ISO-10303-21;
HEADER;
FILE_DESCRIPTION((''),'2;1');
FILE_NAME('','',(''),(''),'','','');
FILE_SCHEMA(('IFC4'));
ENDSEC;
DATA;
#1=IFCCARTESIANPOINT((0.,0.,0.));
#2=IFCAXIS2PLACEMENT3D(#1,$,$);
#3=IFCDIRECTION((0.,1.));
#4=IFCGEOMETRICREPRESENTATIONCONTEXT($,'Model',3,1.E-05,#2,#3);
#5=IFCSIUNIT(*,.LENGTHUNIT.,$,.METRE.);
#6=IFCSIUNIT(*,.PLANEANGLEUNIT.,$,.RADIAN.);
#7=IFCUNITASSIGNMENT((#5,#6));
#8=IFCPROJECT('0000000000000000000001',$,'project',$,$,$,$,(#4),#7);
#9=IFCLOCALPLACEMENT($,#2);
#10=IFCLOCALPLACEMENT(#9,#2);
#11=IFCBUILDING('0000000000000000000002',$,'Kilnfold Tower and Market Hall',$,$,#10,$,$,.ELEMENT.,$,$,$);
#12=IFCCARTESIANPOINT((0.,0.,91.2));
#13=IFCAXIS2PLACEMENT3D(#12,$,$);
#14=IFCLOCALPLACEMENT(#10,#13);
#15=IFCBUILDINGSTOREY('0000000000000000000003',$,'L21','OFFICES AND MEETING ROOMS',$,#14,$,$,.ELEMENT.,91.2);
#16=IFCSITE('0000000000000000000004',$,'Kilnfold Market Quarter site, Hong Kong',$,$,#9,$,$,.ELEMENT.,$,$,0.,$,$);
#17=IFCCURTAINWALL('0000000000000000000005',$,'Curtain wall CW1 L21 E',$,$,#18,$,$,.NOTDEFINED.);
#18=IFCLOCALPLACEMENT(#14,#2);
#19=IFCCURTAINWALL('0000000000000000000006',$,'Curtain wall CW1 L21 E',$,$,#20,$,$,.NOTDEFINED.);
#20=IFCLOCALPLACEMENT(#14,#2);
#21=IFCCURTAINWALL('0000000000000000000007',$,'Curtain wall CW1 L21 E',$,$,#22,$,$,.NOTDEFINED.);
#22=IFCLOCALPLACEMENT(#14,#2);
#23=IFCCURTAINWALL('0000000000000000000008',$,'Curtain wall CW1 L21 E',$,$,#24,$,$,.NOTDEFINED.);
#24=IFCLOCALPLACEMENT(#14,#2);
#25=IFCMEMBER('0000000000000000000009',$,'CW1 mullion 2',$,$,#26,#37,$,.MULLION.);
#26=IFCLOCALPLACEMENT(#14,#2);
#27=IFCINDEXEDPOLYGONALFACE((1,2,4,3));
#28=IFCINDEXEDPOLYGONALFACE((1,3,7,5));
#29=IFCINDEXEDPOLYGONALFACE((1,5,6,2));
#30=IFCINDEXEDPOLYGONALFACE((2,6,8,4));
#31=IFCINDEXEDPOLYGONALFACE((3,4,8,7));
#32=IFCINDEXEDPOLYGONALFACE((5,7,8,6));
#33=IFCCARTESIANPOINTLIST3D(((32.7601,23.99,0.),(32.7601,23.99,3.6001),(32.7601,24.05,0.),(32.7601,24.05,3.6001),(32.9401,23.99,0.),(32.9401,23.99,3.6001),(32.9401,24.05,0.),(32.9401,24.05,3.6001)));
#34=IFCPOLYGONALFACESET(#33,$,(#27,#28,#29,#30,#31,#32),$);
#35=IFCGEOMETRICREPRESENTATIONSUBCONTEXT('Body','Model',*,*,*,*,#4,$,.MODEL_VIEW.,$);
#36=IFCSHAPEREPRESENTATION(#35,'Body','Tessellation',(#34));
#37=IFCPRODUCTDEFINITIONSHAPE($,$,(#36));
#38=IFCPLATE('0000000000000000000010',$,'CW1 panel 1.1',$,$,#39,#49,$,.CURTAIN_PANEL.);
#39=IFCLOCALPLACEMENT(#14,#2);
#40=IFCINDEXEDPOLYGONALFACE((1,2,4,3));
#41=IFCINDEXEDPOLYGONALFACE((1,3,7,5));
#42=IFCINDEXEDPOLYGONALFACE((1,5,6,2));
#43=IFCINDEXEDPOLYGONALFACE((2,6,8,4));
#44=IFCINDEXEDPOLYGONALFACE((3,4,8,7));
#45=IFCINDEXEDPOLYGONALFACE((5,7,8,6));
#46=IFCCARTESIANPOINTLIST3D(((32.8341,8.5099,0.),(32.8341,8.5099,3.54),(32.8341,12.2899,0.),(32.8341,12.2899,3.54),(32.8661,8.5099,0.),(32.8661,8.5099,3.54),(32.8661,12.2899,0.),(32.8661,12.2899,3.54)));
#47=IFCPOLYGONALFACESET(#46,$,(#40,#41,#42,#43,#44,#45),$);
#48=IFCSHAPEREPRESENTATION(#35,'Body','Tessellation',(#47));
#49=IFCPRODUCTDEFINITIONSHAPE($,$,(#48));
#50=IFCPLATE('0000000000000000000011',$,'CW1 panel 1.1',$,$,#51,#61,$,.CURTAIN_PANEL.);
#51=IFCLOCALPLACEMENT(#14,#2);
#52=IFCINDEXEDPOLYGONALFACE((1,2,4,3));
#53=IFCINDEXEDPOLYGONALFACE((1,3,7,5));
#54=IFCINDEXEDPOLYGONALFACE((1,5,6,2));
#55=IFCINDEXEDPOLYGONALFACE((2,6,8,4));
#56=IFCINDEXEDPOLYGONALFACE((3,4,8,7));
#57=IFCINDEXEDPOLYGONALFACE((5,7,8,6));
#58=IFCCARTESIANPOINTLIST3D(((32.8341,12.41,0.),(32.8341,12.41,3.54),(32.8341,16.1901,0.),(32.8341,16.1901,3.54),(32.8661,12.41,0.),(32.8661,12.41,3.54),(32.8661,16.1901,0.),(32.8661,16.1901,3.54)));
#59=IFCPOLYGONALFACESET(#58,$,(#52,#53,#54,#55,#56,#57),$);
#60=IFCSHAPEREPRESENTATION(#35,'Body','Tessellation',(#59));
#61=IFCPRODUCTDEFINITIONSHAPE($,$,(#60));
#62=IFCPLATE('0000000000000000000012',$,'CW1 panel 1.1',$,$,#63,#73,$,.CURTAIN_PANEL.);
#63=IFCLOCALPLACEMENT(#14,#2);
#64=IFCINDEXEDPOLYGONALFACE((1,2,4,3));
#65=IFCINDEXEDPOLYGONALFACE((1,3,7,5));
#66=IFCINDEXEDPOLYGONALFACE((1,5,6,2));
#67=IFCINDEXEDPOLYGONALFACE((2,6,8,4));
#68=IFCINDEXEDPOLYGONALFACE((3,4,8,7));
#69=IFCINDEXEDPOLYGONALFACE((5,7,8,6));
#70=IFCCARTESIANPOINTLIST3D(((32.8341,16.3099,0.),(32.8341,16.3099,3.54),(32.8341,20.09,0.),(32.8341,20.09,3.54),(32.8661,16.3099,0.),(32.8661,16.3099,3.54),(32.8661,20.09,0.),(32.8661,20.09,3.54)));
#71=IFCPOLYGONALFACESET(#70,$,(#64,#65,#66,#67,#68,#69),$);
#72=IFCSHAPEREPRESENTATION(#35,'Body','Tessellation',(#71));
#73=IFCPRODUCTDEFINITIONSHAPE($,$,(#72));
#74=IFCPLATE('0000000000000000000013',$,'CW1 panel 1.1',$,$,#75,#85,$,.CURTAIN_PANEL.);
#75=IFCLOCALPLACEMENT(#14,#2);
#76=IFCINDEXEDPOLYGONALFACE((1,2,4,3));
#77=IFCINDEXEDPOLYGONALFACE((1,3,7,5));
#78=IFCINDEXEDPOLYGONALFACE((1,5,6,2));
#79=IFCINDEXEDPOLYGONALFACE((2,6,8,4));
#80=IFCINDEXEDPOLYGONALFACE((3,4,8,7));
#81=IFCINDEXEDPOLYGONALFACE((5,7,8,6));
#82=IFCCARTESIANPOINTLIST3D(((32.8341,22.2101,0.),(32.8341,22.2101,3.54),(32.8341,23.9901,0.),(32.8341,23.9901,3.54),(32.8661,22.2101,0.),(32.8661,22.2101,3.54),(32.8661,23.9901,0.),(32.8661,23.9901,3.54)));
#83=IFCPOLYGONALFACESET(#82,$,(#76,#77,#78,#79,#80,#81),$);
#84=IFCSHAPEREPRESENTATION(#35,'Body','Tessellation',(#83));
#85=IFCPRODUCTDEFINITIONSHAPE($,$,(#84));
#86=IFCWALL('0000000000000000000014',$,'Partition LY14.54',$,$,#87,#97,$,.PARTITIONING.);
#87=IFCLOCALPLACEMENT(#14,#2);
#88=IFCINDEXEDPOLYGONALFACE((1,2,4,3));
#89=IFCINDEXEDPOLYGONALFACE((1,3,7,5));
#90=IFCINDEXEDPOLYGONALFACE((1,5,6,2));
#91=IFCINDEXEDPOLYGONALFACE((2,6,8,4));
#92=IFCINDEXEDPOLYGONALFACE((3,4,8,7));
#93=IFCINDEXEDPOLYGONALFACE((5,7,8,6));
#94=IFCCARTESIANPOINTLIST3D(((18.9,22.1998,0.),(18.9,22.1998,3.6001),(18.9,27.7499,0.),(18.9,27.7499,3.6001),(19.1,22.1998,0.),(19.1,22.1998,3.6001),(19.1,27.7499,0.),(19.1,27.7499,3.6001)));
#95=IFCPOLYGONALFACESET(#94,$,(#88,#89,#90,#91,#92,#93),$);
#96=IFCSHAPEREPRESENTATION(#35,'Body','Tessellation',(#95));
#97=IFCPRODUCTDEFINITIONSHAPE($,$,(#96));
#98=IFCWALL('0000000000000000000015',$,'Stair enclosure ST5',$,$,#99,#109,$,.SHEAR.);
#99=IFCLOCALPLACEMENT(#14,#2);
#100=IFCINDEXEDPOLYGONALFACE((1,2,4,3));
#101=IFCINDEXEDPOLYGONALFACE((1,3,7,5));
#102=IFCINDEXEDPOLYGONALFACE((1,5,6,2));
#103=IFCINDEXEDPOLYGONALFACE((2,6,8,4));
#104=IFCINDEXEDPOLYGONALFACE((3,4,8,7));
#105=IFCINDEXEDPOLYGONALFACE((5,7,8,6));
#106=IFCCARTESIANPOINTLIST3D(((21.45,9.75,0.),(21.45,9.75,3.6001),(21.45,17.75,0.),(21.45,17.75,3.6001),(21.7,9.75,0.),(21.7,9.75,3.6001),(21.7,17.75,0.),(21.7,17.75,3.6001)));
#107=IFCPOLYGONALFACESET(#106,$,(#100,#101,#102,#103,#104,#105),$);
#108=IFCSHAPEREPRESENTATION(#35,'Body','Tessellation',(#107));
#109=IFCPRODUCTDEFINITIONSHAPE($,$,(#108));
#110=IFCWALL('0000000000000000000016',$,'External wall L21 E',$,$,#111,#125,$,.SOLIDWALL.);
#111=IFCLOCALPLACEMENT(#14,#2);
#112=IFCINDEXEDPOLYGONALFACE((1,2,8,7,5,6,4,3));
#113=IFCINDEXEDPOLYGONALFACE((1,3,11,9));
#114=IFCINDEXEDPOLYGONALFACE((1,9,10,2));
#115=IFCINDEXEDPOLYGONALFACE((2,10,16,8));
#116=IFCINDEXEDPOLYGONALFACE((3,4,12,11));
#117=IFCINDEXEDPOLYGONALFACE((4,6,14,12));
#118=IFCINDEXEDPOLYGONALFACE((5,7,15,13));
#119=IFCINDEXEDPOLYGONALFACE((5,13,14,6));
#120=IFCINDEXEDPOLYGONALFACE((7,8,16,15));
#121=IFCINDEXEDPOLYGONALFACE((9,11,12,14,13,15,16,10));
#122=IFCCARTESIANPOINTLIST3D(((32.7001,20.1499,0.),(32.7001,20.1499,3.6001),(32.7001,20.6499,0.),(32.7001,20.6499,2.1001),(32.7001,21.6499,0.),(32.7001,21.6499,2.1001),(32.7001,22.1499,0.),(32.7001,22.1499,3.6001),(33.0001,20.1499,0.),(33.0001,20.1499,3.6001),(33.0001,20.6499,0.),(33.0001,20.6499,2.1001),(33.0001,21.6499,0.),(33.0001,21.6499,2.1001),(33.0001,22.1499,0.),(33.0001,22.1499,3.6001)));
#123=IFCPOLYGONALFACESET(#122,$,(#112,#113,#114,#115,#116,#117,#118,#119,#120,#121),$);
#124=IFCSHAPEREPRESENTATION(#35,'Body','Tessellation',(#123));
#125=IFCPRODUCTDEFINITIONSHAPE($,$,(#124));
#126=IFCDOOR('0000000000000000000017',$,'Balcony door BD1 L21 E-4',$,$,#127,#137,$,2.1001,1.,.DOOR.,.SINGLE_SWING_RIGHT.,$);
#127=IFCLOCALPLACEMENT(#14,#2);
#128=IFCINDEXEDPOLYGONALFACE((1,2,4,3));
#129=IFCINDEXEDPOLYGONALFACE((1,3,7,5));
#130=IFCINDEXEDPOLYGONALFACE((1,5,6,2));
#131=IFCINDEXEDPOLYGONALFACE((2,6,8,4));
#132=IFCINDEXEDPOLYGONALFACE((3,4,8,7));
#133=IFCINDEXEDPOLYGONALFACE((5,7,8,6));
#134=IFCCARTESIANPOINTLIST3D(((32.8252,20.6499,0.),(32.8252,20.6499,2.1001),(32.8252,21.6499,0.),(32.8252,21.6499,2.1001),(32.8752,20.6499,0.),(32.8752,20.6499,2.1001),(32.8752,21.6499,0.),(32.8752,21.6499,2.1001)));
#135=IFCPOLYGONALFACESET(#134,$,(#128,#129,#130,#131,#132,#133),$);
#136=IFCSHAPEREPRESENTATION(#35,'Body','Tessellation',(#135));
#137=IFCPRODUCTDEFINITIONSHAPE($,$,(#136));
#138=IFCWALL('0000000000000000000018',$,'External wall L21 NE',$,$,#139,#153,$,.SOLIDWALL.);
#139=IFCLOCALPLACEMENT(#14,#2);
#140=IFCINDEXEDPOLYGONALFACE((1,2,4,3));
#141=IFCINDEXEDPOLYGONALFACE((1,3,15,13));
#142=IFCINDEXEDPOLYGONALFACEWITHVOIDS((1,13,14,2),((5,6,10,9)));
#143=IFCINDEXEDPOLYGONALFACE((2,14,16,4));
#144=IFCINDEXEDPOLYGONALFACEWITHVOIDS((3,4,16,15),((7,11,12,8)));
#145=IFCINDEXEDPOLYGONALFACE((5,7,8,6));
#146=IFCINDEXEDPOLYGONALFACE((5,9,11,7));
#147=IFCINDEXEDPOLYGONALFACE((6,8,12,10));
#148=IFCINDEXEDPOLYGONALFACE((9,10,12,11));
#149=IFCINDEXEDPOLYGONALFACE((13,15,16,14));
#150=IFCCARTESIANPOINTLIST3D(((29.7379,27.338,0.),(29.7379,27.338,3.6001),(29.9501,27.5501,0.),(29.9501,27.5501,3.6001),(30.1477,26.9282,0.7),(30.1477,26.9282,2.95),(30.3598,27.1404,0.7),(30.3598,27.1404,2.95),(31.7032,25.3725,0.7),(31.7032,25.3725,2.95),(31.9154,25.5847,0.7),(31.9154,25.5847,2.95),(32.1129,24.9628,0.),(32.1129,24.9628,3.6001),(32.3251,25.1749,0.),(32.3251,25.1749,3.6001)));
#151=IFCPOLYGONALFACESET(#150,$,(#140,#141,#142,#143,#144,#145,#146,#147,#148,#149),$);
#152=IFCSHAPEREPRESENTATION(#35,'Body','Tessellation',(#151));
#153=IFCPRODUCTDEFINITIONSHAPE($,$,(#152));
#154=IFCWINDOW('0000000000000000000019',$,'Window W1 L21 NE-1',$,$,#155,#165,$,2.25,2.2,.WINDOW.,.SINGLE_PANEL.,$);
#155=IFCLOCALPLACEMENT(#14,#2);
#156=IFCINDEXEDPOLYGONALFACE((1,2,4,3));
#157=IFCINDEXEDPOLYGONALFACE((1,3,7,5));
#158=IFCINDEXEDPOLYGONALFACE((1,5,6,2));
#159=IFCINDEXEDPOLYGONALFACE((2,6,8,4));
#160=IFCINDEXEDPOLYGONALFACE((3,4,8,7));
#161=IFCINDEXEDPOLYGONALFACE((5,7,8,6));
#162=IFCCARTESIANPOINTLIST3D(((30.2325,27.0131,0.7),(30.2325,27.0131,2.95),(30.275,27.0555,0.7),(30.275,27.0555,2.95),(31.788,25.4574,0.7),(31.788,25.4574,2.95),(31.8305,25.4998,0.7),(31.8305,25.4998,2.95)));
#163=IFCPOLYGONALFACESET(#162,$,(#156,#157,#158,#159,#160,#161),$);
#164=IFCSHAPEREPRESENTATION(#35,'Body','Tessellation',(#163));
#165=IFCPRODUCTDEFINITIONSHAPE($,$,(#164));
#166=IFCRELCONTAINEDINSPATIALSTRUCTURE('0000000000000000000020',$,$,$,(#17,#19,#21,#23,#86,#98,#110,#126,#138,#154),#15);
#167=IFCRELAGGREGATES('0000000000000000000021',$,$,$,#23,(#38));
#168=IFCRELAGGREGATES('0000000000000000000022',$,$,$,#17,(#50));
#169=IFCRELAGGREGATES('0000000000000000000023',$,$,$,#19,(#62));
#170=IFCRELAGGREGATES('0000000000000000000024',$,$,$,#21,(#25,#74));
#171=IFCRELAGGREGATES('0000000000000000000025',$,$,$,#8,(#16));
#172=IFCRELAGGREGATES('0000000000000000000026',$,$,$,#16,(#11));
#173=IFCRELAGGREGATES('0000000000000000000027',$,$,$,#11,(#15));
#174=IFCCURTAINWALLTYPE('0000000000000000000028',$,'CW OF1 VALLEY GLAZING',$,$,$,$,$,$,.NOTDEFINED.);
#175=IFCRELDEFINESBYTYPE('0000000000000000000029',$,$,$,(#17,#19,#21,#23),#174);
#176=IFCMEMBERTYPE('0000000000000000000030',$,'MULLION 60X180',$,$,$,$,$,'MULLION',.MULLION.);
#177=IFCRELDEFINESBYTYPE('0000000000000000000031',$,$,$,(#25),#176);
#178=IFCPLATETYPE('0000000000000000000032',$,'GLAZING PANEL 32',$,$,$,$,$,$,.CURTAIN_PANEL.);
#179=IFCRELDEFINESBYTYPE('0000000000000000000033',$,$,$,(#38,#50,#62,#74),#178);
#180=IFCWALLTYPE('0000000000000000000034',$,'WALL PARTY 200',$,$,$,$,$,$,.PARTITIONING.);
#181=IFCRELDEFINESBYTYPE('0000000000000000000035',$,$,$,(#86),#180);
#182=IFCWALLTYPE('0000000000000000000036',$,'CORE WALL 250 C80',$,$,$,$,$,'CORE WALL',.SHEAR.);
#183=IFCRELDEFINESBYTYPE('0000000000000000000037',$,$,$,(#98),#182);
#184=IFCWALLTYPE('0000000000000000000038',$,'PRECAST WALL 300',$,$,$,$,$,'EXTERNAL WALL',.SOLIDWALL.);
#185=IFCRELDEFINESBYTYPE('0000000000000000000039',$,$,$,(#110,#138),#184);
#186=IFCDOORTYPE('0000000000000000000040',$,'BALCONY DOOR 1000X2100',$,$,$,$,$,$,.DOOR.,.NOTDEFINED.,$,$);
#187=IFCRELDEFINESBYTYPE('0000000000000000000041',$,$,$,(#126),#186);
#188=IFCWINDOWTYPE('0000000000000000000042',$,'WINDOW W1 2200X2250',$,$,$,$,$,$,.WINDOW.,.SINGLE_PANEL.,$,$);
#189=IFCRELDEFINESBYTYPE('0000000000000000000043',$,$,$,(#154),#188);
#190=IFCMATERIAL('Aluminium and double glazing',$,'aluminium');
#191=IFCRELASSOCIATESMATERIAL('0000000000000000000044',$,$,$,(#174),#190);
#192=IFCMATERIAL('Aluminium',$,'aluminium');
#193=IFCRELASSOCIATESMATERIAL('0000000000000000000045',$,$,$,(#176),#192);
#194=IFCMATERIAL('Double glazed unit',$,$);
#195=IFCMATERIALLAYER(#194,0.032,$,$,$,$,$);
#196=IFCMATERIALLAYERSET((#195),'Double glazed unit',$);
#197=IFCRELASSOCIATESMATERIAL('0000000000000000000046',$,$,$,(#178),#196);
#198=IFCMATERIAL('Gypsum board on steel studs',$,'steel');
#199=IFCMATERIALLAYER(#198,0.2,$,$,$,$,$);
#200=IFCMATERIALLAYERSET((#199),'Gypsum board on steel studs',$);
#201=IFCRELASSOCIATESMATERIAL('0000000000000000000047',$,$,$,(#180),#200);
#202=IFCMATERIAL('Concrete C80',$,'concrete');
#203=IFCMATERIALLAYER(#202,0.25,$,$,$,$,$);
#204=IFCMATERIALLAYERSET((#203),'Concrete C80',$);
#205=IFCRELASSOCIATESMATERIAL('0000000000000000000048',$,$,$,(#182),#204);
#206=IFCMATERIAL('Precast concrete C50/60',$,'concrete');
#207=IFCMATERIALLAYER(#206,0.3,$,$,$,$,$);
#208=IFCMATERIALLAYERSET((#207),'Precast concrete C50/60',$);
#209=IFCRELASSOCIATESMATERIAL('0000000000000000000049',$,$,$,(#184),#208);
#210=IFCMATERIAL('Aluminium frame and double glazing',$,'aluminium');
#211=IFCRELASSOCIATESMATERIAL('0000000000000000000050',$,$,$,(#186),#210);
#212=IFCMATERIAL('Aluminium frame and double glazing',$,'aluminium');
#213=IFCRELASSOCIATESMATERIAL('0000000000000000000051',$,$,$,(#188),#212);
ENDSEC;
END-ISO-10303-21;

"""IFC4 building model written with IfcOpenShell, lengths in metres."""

from ifc_helpers import new_model, si_unit, direction, frame, frame_2d, origin, origin_2d, place, context, subcontext, project, spatial, rectangle, extrude, source, transform, mapped, material, layer, layer_set, material_profile, profile_set, type_object, element, fill, aggregate, save


model = new_model("IFC4")

# Units and contexts
model_context = context("Model", 3, precision=1e-05, world=origin(), true_north=direction((0.0, 1.0)))
body_context = subcontext(model_context, "Body", "Model", "MODEL_VIEW")
ifc_project = project(units=[si_unit("LENGTHUNIT", "METRE"), si_unit("PLANEANGLEUNIT", "RADIAN")], contexts=[model_context])

# Site, building, storey
site_placement = place(None, origin())
site = spatial("IfcSite", under=ifc_project, at=site_placement, Name="Kilnfold Market Quarter site, Hong Kong", CompositionType="ELEMENT", RefElevation=0.0)
building_placement = place(site_placement, origin())
building = spatial("IfcBuilding", under=site, at=building_placement, Name="Kilnfold Tower and Market Hall", CompositionType="ELEMENT")
storey_placement = place(building_placement, frame((0.0, 0.0, 91.2)))
storey = spatial("IfcBuildingStorey", under=building, at=storey_placement, Name="L21", Description="OFFICES AND MEETING ROOMS", CompositionType="ELEMENT", Elevation=91.2)

# Curtain walls
ifc_material_1 = material(Name="Aluminium and double glazing", Category="aluminium")
curtain_wall_type = type_object("IfcCurtainWallType", Name="CW OF1 VALLEY GLAZING", PredefinedType="NOTDEFINED", material=ifc_material_1)
curtain_wall_1_placement = place(storey_placement, origin())
curtain_wall_1 = element("IfcCurtainWall", 1, at=curtain_wall_1_placement, inside=storey, type_object=curtain_wall_type, Name="Curtain wall CW1 L21 E", PredefinedType="NOTDEFINED")
curtain_wall_2_placement = place(storey_placement, origin())
curtain_wall_2 = element("IfcCurtainWall", 2, at=curtain_wall_2_placement, inside=storey, type_object=curtain_wall_type, Name="Curtain wall CW1 L21 E", PredefinedType="NOTDEFINED")
curtain_wall_3_placement = place(storey_placement, origin())
curtain_wall_3 = element("IfcCurtainWall", 3, at=curtain_wall_3_placement, inside=storey, type_object=curtain_wall_type, Name="Curtain wall CW1 L21 E", PredefinedType="NOTDEFINED")
curtain_wall_4_placement = place(storey_placement, origin())
curtain_wall_4 = element("IfcCurtainWall", 4, at=curtain_wall_4_placement, inside=storey, type_object=curtain_wall_type, Name="Curtain wall CW1 L21 E", PredefinedType="NOTDEFINED")
ifc_material_2 = material(Name="Aluminium", Category="aluminium")
ifc_material_profile_1 = material_profile(ifc_material_2, rectangle(XDim=0.0601, YDim=0.1799, at=origin_2d()), Name="MULLION 60x180")
ifc_profile_set_1 = profile_set([ifc_material_profile_1], Name="Aluminium")
member_type_1 = type_object("IfcMemberType", Name="MULLION 60X180", ElementType="MULLION", PredefinedType="MULLION", material=ifc_profile_set_1)
shared_shape_1 = source(origin(), body_context, "Body", "SweptSolid", [
    extrude(rectangle(XDim=0.0601, YDim=0.1799, at=origin_2d()), origin(), (0.0, 0.0, 1.0), 3.6001),
])

# Member
member_1_placement = place(storey_placement, frame((32.8501, 24.02, 0.0), z_axis=(0.0, 0.0, 1.0), x_axis=(0.0, 1.0, 0.0)))
member_1 = element("IfcMember", 5, at=member_1_placement, type_object=member_type_1, Name="CW1 mullion 2", PredefinedType="MULLION", context=body_context, shape_type="MappedRepresentation", body=[
    mapped(shared_shape_1, transform((0.0, 0.0, 0.0))),
])

# Plates
ifc_material_3 = material(Name="Double glazed unit")
ifc_layer_1 = layer(ifc_material_3, 0.032)
ifc_layer_set_1 = layer_set([ifc_layer_1], Name="Double glazed unit")
plate_type = type_object("IfcPlateType", Name="GLAZING PANEL 32", PredefinedType="CURTAIN_PANEL", material=ifc_layer_set_1)
shared_shape_2 = source(origin(), body_context, "Body", "SweptSolid", [
    extrude(rectangle(XDim=3.78, YDim=0.032, at=origin_2d()), origin(), (0.0, 0.0, 1.0), 3.54),
])
plate_1_placement = place(storey_placement, frame((32.8501, 10.3999, 0.0), z_axis=(0.0, 0.0, 1.0), x_axis=(0.0, 1.0, 0.0)))
plate_1 = element("IfcPlate", 6, at=plate_1_placement, type_object=plate_type, Name="CW1 panel 1.1", PredefinedType="CURTAIN_PANEL", context=body_context, shape_type="MappedRepresentation", body=[
    mapped(shared_shape_2, transform((0.0, 0.0, 0.0))),
])
aggregate(curtain_wall_4, [plate_1])
plate_2_placement = place(storey_placement, frame((32.8501, 14.3, 0.0), z_axis=(0.0, 0.0, 1.0), x_axis=(0.0, 1.0, 0.0)))
plate_2 = element("IfcPlate", 7, at=plate_2_placement, type_object=plate_type, Name="CW1 panel 1.1", PredefinedType="CURTAIN_PANEL", context=body_context, shape_type="MappedRepresentation", body=[
    mapped(shared_shape_2, transform((0.0, 0.0, 0.0))),
])
aggregate(curtain_wall_1, [plate_2])
plate_3_placement = place(storey_placement, frame((32.8501, 18.2, 0.0), z_axis=(0.0, 0.0, 1.0), x_axis=(0.0, 1.0, 0.0)))
plate_3 = element("IfcPlate", 8, at=plate_3_placement, type_object=plate_type, Name="CW1 panel 1.1", PredefinedType="CURTAIN_PANEL", context=body_context, shape_type="MappedRepresentation", body=[
    mapped(shared_shape_2, transform((0.0, 0.0, 0.0))),
])
aggregate(curtain_wall_2, [plate_3])
shared_shape_3 = source(origin(), body_context, "Body", "SweptSolid", [
    extrude(rectangle(XDim=1.78, YDim=0.032, at=origin_2d()), origin(), (0.0, 0.0, 1.0), 3.54),
])
plate_4_placement = place(storey_placement, frame((32.8501, 23.1001, 0.0), z_axis=(0.0, 0.0, 1.0), x_axis=(0.0, 1.0, 0.0)))
plate_4 = element("IfcPlate", 9, at=plate_4_placement, type_object=plate_type, Name="CW1 panel 1.1", PredefinedType="CURTAIN_PANEL", context=body_context, shape_type="MappedRepresentation", body=[
    mapped(shared_shape_3, transform((0.0, 0.0, 0.0))),
])
aggregate(curtain_wall_3, [member_1, plate_4])

# Walls
ifc_material_4 = material(Name="Gypsum board on steel studs", Category="steel")
ifc_layer_2 = layer(ifc_material_4, 0.2)
ifc_layer_set_2 = layer_set([ifc_layer_2], Name="Gypsum board on steel studs")
wall_type_1 = type_object("IfcWallType", Name="WALL PARTY 200", PredefinedType="PARTITIONING", material=ifc_layer_set_2)
wall_1_placement = place(storey_placement, frame((19.0, 22.2, 0.0), z_axis=(0.0, 0.0, 1.0), x_axis=(0.0, 1.0, 0.0)))
element("IfcWall", 10, at=wall_1_placement, inside=storey, type_object=wall_type_1, Name="Partition LY14.54", PredefinedType="PARTITIONING", context=body_context, shape_type="SweptSolid", body=[
    extrude(rectangle(XDim=5.55, YDim=0.2, at=frame_2d((2.7749, 0.0))), origin(), (0.0, 0.0, 1.0), 3.6001),
])
ifc_material_5 = material(Name="Concrete C80", Category="concrete")
ifc_layer_3 = layer(ifc_material_5, 0.25)
ifc_layer_set_3 = layer_set([ifc_layer_3], Name="Concrete C80")
wall_type_2 = type_object("IfcWallType", Name="CORE WALL 250 C80", ElementType="CORE WALL", PredefinedType="SHEAR", material=ifc_layer_set_3)
shared_shape_4 = source(origin(), body_context, "Body", "SweptSolid", [
    extrude(rectangle(XDim=8.0, YDim=0.25, at=frame_2d((4.0, 0.0))), origin(), (0.0, 0.0, 1.0), 3.6001),
])
wall_2_placement = place(storey_placement, frame((21.575, 9.75, 0.0), z_axis=(0.0, 0.0, 1.0), x_axis=(0.0, 1.0, 0.0)))
element("IfcWall", 11, at=wall_2_placement, inside=storey, type_object=wall_type_2, Name="Stair enclosure ST5", PredefinedType="SHEAR", context=body_context, shape_type="MappedRepresentation", body=[
    mapped(shared_shape_4, transform((0.0, 0.0, 0.0))),
])

# Wall, opening, door
ifc_material_6 = material(Name="Precast concrete C50/60", Category="concrete")
ifc_layer_4 = layer(ifc_material_6, 0.3)
ifc_layer_set_4 = layer_set([ifc_layer_4], Name="Precast concrete C50/60")
wall_type_3 = type_object("IfcWallType", Name="PRECAST WALL 300", ElementType="EXTERNAL WALL", PredefinedType="SOLIDWALL", material=ifc_layer_set_4)
shared_shape_5 = source(origin(), body_context, "Body", "SweptSolid", [
    extrude(rectangle(XDim=2.0, YDim=0.3, at=frame_2d((1.0, 0.0))), origin(), (0.0, 0.0, 1.0), 3.6001),
])
wall_3_placement = place(storey_placement, frame((32.8501, 20.1499, 0.0), z_axis=(0.0, 0.0, 1.0), x_axis=(0.0, 1.0, 0.0)))
wall_3 = element("IfcWall", 12, at=wall_3_placement, inside=storey, type_object=wall_type_3, Name="External wall L21 E", PredefinedType="SOLIDWALL", context=body_context, shape_type="MappedRepresentation", body=[
    mapped(shared_shape_5, transform((0.0, 0.0, 0.0))),
])
opening_1_placement = place(wall_3_placement, frame((0.5, 0.0, 0.0)))
opening_1 = element("IfcOpeningElement", 13, at=opening_1_placement, cuts=wall_3, PredefinedType="OPENING", context=body_context, shape_type="SweptSolid", body=[
    extrude(rectangle(XDim=1.0, YDim=2.1001, at=frame_2d((0.5, 1.05))), frame((0.0, 0.1602, 0.0), z_axis=(0.0, -1.0, 0.0), x_axis=(1.0, 0.0, 0.0)), (0.0, 0.0, 1.0), 0.3201),
])
ifc_material_7 = material(Name="Aluminium frame and double glazing", Category="aluminium")
door_type = type_object("IfcDoorType", Name="BALCONY DOOR 1000X2100", OperationType="NOTDEFINED", PredefinedType="DOOR", material=ifc_material_7)
door_placement = place(opening_1_placement, origin())
door = element("IfcDoor", 14, at=door_placement, inside=storey, type_object=door_type, Name="Balcony door BD1 L21 E-4", OperationType="SINGLE_SWING_RIGHT", OverallHeight=2.1001, OverallWidth=1.0, PredefinedType="DOOR", context=body_context, shape_type="SweptSolid", body=[
    extrude(rectangle(XDim=1.0, YDim=2.1001, at=frame_2d((0.5, 1.05))), frame((0.0, 0.0249, 0.0), z_axis=(0.0, -1.0, 0.0), x_axis=(1.0, 0.0, 0.0)), (0.0, 0.0, 1.0), 0.05),
])
fill(opening_1, door)

# Wall, opening, window
shared_shape_6 = source(origin(), body_context, "Body", "SweptSolid", [
    extrude(rectangle(XDim=3.3589, YDim=0.3, at=frame_2d((1.6794, 0.0))), origin(), (0.0, 0.0, 1.0), 3.6001),
])
wall_4_placement = place(storey_placement, frame((32.219, 25.0688, 0.0), z_axis=(0.0, 0.0, 1.0), x_axis=(-0.70707, 0.707143, 0.0)))
wall_4 = element("IfcWall", 15, at=wall_4_placement, inside=storey, type_object=wall_type_3, Name="External wall L21 NE", PredefinedType="SOLIDWALL", context=body_context, shape_type="MappedRepresentation", body=[
    mapped(shared_shape_6, transform((0.0, 0.0, 0.0))),
])
opening_2_placement = place(wall_4_placement, frame((0.5793, 0.0, 0.7)))
opening_2 = element("IfcOpeningElement", 16, at=opening_2_placement, cuts=wall_4, PredefinedType="OPENING", context=body_context, shape_type="SweptSolid", body=[
    extrude(rectangle(XDim=2.2, YDim=2.25, at=frame_2d((1.1001, 1.125))), frame((0.0, 0.1602, 0.0), z_axis=(0.0, -1.0, 0.0), x_axis=(1.0, 0.0, 0.0)), (0.0, 0.0, 1.0), 0.3201),
])
ifc_material_8 = material(Name="Aluminium frame and double glazing", Category="aluminium")
window_type = type_object("IfcWindowType", Name="WINDOW W1 2200X2250", PartitioningType="SINGLE_PANEL", PredefinedType="WINDOW", material=ifc_material_8)
window_1_placement = place(opening_2_placement, origin())
window_1 = element("IfcWindow", 17, at=window_1_placement, inside=storey, type_object=window_type, Name="Window W1 L21 NE-1", OverallHeight=2.25, OverallWidth=2.2, PartitioningType="SINGLE_PANEL", PredefinedType="WINDOW", context=body_context, shape_type="SweptSolid", body=[
    extrude(rectangle(XDim=2.2, YDim=2.25, at=frame_2d((1.1001, 1.125))), frame((0.0, 0.03, 0.0), z_axis=(0.0, -1.0, 0.0), x_axis=(1.0, 0.0, 0.0)), (0.0, 0.0, 1.0), 0.0601),
])
fill(opening_2, window_1)

save(model, "model.ifc")
